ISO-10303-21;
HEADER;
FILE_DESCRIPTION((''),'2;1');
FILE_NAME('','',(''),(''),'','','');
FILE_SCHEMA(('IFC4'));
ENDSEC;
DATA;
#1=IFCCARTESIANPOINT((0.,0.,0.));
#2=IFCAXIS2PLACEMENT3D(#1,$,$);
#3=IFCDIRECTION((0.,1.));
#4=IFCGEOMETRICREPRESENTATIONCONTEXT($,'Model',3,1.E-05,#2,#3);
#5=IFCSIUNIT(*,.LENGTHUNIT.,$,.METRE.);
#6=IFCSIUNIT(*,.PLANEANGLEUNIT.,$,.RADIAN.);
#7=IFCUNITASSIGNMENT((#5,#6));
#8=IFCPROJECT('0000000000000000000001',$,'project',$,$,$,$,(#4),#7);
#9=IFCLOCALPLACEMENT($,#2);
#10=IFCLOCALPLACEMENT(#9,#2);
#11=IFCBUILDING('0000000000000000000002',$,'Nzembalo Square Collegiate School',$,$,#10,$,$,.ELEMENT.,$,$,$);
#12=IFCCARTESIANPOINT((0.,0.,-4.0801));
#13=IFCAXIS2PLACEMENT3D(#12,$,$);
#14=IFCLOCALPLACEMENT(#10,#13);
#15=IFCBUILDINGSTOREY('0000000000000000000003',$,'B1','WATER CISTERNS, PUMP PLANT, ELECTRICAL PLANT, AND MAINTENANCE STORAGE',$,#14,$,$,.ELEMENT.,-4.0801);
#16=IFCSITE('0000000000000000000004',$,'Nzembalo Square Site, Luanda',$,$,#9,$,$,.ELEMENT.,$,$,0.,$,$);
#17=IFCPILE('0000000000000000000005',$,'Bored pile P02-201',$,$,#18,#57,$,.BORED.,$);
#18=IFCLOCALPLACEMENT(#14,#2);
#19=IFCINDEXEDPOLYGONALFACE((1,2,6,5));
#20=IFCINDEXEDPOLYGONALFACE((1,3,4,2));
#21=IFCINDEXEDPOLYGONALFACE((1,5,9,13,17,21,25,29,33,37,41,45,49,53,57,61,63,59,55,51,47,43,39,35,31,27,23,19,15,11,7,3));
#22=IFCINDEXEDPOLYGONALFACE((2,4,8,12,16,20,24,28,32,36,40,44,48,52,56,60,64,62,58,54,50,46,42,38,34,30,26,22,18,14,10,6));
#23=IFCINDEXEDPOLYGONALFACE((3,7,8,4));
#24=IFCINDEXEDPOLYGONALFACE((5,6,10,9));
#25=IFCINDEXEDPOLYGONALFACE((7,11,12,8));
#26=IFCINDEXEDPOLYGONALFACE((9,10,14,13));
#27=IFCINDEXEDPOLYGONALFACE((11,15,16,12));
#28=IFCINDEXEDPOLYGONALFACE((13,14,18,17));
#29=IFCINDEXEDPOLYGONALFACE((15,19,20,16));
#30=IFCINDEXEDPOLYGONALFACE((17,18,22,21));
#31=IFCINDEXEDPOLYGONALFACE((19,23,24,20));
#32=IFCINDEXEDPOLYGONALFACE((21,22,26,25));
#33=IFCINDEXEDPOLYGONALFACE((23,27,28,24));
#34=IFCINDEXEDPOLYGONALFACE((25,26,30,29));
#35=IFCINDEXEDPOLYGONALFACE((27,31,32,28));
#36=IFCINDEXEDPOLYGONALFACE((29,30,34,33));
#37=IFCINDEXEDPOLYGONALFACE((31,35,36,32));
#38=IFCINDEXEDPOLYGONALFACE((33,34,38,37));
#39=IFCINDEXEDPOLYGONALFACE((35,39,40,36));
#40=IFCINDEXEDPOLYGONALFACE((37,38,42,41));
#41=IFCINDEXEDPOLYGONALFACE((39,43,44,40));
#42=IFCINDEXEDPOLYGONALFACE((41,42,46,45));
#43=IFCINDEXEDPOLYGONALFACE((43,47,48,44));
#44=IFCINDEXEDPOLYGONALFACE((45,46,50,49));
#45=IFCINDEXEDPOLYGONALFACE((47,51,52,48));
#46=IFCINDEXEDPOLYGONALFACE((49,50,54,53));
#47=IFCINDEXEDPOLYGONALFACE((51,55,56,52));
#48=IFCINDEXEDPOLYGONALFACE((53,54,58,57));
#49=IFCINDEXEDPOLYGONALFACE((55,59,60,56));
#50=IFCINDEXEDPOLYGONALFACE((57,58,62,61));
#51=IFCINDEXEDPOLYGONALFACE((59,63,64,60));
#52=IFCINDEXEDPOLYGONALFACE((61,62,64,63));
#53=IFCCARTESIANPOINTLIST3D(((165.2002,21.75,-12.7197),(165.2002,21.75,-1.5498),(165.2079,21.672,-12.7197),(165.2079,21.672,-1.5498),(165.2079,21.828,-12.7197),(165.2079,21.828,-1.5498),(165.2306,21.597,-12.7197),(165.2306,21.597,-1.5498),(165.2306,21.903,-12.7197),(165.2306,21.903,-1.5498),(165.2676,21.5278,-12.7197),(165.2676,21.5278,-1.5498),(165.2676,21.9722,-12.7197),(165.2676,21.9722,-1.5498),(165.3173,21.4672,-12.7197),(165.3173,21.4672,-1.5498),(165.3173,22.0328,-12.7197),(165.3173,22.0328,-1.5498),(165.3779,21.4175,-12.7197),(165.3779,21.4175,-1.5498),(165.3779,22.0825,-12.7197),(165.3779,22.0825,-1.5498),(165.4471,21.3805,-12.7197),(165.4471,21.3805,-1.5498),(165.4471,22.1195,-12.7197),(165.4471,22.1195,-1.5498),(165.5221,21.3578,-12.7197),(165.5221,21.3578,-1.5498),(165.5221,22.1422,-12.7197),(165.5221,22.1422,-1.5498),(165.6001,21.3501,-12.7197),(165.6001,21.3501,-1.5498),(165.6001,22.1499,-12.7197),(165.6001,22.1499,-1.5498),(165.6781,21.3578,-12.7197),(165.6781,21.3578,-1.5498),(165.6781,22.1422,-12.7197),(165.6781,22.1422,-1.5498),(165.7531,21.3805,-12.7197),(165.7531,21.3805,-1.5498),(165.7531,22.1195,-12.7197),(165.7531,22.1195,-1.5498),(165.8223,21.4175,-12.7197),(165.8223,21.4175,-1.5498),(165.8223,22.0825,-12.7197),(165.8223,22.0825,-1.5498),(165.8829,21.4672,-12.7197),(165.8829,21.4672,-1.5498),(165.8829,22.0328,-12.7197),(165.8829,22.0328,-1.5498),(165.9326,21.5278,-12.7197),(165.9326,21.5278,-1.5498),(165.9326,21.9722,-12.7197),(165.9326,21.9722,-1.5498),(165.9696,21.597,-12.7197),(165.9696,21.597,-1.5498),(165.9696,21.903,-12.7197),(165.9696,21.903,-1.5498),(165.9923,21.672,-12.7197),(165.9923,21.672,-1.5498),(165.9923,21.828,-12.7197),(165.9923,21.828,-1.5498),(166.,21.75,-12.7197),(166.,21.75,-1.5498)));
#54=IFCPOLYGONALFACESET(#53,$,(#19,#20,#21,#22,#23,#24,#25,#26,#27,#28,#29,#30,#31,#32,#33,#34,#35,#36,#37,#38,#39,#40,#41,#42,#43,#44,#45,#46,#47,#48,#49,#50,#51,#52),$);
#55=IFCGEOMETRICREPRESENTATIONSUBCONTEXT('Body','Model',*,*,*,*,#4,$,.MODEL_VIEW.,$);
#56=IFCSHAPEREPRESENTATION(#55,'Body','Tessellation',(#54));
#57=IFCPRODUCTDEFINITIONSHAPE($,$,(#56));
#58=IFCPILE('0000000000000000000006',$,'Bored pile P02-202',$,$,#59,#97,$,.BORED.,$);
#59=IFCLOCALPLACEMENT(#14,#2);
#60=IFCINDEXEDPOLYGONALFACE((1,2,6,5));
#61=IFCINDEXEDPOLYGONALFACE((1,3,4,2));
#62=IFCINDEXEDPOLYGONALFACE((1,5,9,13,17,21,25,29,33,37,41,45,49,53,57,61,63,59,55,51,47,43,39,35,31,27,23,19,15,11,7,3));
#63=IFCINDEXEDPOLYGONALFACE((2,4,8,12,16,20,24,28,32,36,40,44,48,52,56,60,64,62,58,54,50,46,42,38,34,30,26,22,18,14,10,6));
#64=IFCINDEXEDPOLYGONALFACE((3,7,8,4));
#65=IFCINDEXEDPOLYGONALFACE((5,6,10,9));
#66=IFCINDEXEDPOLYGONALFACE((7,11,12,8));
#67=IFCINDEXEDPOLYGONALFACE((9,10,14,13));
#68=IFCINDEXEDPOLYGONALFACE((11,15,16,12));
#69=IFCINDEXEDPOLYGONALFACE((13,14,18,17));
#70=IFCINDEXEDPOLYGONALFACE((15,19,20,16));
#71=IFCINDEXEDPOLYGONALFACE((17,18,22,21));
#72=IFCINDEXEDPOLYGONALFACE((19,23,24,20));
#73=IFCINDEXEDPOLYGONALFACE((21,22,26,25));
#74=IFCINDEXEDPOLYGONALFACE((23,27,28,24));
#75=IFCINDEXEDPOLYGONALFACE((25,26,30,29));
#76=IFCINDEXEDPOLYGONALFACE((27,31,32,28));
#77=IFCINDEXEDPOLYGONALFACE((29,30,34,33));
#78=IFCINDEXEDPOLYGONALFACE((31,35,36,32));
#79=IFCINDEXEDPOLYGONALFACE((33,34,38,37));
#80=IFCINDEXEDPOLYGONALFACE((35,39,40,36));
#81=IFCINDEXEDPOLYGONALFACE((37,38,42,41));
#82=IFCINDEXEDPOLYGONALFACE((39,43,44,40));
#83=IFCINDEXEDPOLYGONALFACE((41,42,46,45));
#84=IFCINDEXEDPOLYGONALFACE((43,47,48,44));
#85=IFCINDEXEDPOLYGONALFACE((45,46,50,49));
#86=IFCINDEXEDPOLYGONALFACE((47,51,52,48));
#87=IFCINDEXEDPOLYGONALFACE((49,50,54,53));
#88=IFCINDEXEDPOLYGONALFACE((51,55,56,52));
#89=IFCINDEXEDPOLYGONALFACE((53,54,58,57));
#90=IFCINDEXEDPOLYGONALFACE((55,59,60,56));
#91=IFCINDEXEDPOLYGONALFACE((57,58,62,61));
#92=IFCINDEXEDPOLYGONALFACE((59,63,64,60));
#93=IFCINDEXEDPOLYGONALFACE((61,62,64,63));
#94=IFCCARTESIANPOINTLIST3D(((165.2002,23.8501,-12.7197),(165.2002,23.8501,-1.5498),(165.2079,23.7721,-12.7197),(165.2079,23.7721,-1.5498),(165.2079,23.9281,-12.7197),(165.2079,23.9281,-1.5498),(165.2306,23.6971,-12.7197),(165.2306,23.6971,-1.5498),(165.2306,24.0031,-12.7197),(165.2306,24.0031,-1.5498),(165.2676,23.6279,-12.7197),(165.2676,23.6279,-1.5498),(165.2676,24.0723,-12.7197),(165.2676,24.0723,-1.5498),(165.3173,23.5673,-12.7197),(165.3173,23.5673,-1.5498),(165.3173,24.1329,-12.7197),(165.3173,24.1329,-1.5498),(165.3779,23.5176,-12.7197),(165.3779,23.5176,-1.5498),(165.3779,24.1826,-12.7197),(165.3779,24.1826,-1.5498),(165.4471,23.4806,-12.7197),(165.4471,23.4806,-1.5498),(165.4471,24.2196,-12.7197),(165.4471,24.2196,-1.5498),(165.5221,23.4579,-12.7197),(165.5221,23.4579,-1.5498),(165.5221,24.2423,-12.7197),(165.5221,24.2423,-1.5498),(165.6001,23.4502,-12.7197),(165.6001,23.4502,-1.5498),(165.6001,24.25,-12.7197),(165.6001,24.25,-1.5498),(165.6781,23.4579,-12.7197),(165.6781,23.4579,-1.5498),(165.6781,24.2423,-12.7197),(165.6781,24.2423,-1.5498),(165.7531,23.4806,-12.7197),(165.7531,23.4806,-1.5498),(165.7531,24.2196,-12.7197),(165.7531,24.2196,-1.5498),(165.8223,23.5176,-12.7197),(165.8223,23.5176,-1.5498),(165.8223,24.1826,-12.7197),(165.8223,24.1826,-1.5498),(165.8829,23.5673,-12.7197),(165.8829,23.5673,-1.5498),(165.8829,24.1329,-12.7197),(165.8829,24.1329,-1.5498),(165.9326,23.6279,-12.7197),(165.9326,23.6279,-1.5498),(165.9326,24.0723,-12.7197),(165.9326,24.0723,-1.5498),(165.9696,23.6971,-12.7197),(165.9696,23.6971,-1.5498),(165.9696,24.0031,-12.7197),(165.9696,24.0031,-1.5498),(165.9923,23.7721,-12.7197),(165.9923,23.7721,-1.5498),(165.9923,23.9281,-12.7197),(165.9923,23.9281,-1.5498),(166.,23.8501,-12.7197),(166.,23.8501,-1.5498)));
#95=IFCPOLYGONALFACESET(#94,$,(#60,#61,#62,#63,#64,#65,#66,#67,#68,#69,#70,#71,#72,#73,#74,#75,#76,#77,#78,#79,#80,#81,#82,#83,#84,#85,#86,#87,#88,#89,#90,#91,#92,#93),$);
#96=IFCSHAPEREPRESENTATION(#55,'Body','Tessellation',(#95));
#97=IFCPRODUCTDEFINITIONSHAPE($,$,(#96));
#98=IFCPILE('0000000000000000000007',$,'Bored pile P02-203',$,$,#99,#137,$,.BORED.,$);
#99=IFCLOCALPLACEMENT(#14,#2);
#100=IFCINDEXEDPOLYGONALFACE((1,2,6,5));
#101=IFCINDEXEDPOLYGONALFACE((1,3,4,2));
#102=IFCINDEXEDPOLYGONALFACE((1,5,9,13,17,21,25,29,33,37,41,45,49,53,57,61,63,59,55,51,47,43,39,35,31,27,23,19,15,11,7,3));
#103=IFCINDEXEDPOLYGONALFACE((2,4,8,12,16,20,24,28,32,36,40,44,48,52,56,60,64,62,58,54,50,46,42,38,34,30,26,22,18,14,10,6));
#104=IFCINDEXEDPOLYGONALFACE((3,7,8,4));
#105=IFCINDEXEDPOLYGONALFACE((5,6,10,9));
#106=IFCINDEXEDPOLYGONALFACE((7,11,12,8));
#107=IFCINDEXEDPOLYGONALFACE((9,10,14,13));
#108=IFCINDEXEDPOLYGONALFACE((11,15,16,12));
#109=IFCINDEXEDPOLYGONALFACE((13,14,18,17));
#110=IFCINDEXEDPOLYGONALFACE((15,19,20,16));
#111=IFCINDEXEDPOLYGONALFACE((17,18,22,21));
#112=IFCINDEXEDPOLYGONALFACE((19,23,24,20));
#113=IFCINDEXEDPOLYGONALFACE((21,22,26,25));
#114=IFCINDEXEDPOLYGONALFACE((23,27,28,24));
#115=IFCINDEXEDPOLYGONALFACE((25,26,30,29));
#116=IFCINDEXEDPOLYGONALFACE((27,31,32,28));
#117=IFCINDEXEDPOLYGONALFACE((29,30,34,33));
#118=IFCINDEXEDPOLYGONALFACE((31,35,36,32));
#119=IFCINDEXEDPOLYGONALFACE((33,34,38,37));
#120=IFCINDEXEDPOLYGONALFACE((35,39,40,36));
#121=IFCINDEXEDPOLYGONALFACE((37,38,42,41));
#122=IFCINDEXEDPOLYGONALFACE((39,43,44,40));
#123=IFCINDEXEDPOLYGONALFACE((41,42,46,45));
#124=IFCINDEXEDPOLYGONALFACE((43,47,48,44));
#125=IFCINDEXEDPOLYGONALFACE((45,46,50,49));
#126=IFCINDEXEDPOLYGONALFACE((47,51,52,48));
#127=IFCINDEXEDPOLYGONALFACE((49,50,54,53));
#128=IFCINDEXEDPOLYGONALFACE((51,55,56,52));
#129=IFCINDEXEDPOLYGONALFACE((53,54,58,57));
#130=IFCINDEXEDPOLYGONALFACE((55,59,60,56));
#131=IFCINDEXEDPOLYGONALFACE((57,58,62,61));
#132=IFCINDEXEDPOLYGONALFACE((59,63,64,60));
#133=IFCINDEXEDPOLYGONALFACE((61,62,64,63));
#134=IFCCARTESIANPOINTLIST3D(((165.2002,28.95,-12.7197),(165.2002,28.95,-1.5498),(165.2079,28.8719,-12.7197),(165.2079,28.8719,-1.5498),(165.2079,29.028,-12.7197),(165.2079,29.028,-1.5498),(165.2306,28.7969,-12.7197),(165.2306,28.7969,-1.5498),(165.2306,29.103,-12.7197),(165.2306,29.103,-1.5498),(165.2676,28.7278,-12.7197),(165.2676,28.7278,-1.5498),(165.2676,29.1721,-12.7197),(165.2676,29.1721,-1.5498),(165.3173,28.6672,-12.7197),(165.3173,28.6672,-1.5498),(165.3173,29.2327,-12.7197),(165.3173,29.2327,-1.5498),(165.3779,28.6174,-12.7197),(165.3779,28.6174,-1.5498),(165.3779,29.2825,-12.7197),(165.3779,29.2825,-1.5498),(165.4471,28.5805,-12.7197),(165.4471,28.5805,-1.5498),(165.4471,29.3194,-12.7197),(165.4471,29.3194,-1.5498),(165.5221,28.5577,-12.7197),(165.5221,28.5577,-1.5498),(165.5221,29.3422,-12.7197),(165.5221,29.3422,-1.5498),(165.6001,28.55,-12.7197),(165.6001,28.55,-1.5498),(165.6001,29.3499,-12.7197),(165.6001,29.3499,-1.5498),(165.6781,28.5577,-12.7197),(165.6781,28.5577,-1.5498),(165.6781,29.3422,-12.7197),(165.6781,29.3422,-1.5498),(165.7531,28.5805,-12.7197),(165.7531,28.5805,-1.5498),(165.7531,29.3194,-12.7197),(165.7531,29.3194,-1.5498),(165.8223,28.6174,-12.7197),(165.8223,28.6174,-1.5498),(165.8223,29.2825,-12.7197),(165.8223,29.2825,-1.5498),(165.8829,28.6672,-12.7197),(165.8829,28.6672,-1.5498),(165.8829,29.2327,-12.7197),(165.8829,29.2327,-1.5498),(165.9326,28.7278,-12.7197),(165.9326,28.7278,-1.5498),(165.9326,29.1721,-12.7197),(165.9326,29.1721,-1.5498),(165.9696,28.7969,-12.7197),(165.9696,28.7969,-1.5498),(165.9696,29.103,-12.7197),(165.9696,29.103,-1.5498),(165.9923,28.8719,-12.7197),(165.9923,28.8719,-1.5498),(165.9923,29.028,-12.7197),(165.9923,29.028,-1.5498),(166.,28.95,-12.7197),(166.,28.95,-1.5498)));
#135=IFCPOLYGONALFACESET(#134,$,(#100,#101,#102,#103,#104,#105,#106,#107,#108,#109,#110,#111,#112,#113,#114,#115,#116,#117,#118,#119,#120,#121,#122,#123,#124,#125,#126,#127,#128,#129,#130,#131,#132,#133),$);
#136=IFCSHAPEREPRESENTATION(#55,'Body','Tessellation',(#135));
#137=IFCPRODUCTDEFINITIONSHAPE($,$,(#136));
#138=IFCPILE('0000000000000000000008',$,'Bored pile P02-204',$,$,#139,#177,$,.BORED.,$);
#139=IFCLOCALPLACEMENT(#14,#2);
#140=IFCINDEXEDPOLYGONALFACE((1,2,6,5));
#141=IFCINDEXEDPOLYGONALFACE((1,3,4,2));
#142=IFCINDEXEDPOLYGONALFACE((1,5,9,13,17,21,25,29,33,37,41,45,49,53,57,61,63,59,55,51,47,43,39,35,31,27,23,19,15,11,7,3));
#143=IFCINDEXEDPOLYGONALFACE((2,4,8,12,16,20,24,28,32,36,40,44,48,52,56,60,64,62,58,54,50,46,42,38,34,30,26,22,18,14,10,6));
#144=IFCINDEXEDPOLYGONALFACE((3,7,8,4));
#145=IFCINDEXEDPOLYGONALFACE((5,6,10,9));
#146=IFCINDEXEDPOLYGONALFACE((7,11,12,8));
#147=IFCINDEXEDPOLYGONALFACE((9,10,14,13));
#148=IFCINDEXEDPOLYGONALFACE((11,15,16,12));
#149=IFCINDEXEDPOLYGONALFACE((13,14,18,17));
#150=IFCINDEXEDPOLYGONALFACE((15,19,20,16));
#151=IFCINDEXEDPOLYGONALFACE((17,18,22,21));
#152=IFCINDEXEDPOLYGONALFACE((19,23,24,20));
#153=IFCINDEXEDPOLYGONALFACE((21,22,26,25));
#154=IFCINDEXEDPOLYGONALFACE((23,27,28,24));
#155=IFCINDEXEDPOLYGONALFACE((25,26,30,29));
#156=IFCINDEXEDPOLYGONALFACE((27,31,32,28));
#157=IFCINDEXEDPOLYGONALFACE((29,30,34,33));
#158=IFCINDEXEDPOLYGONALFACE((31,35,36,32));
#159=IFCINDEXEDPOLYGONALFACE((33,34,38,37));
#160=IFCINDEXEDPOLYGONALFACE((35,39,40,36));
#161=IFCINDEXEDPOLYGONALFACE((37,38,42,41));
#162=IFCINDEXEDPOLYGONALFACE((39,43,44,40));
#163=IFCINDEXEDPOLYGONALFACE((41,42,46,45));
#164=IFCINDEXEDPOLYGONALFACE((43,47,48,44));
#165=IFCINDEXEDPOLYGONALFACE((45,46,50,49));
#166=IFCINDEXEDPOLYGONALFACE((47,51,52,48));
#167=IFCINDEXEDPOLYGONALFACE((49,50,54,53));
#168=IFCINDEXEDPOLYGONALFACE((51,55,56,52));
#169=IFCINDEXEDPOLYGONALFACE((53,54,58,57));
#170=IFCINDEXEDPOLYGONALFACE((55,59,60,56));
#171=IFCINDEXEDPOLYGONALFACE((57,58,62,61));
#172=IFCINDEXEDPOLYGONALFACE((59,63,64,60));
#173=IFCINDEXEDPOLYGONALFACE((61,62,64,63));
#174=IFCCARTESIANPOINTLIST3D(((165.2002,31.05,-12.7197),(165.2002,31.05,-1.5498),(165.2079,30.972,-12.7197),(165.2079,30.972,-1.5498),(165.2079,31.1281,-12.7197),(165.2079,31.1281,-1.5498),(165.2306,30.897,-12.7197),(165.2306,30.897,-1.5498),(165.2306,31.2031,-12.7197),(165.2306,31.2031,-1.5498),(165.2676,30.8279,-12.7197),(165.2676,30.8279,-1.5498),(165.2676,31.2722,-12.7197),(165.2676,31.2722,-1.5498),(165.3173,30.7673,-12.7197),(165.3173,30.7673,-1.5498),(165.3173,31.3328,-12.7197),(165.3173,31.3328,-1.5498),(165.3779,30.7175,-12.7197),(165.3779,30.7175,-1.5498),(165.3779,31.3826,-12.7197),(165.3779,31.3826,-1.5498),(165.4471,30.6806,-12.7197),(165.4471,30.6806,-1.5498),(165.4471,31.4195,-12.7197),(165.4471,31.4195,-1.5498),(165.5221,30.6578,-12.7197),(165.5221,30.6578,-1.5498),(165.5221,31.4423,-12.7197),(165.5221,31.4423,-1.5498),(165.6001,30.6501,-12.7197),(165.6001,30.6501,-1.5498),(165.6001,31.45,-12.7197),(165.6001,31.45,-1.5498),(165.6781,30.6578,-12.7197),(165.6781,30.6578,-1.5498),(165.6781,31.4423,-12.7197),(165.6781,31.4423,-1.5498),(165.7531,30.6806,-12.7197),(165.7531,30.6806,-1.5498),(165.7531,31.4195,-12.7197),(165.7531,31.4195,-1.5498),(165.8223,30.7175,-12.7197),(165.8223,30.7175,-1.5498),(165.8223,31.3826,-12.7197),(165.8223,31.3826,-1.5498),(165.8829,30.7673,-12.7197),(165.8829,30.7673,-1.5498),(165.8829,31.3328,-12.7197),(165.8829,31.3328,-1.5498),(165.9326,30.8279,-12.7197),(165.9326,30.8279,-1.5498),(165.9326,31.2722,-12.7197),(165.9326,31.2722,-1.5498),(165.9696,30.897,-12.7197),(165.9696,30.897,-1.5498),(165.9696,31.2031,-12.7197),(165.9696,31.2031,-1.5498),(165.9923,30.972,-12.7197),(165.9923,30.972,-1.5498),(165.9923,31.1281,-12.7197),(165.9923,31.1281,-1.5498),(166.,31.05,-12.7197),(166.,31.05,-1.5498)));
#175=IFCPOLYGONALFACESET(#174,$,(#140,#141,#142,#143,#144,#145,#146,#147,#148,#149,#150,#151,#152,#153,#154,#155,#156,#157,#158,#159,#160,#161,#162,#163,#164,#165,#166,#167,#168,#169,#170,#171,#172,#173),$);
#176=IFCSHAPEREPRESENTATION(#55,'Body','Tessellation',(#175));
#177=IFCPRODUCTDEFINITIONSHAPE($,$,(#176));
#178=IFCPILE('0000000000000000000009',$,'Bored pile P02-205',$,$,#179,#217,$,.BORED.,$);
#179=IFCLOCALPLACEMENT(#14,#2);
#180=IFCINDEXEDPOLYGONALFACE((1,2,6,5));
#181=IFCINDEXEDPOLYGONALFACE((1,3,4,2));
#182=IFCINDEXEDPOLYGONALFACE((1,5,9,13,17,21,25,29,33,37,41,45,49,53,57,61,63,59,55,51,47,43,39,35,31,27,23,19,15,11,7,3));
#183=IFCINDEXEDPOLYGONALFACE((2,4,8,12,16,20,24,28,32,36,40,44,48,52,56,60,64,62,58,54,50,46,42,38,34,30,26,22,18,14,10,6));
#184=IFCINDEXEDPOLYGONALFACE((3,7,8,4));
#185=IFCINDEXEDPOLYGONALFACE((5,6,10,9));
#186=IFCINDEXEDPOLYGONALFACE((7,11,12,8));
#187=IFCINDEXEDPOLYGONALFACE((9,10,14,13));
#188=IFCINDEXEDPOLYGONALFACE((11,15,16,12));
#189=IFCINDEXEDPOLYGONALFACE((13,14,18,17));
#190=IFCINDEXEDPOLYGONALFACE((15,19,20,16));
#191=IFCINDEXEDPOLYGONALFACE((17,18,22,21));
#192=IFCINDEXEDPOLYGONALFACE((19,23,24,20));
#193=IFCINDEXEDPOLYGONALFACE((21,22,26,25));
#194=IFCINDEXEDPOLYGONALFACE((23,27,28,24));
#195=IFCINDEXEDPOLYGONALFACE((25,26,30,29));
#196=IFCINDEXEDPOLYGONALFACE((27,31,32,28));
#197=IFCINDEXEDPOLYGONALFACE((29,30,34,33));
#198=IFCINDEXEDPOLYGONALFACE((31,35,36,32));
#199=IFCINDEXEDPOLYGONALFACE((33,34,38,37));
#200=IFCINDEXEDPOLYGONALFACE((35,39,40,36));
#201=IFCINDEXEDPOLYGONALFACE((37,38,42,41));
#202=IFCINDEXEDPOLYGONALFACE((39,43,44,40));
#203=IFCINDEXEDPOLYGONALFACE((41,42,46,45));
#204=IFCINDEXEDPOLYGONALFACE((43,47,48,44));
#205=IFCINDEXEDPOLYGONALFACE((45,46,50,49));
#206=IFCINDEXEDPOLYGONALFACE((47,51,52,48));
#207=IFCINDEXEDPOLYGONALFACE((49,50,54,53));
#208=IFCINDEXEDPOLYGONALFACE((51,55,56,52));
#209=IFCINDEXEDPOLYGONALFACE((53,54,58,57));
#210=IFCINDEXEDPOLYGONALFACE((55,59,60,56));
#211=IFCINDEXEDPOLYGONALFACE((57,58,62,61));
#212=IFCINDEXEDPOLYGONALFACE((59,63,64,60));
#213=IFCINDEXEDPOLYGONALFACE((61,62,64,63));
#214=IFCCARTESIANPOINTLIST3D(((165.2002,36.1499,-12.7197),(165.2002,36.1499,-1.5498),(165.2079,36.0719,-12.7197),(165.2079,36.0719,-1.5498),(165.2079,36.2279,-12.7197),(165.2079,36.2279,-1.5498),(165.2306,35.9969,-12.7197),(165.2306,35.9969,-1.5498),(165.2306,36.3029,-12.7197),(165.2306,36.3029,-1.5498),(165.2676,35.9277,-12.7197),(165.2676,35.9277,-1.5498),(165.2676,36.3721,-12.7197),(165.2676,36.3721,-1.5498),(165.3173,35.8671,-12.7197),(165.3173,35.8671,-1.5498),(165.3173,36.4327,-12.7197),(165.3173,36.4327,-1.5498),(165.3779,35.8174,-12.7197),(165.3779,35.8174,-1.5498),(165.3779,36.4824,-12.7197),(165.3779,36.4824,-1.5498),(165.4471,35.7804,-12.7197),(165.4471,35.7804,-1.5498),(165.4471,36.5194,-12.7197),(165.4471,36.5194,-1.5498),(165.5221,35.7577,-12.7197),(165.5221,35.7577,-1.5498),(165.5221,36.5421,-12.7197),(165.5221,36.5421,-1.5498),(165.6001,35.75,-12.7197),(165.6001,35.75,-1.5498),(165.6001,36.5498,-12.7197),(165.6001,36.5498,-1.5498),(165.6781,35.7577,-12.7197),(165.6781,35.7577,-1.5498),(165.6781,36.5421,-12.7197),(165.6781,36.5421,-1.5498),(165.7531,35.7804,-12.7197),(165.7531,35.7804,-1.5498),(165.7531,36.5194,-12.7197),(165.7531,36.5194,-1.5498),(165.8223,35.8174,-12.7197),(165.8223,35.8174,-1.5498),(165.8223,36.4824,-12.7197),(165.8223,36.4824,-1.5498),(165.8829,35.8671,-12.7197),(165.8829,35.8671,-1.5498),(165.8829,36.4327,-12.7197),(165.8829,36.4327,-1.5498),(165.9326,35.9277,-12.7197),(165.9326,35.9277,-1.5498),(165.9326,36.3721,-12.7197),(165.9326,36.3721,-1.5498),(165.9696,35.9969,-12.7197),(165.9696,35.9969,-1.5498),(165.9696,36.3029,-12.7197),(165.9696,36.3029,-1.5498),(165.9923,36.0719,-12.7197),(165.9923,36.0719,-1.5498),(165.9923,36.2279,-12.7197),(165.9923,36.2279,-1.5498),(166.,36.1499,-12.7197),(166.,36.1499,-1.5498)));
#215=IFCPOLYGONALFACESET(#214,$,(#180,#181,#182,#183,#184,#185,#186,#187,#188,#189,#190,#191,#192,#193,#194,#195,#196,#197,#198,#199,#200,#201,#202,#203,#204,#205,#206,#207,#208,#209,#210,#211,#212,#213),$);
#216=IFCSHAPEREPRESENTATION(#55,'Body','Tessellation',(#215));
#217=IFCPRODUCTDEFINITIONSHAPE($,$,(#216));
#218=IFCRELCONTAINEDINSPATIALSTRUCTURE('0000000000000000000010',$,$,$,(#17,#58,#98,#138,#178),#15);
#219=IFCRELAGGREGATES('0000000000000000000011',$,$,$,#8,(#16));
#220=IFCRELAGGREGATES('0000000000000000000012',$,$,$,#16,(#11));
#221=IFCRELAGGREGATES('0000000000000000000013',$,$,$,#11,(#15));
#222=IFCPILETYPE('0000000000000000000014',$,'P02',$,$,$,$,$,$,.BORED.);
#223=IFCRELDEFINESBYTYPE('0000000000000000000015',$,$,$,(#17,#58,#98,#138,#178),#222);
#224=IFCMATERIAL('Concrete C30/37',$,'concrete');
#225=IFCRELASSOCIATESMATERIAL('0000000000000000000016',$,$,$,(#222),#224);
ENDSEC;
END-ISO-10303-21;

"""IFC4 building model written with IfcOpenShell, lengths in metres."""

from ifc_helpers import new_model, si_unit, direction, frame, origin, origin_2d, place, context, subcontext, project, spatial, circle, extrude, material, material_profile, profile_set, type_object, element, save


model = new_model("IFC4")

# Units and contexts
model_context = context("Model", 3, precision=1e-05, world=origin(), true_north=direction((0.0, 1.0)))
body_context = subcontext(model_context, "Body", "Model", "MODEL_VIEW")
ifc_project = project(units=[si_unit("LENGTHUNIT", "METRE"), si_unit("PLANEANGLEUNIT", "RADIAN")], contexts=[model_context])

# Site, building, storey
site_placement = place(None, origin())
site = spatial("IfcSite", under=ifc_project, at=site_placement, Name="Nzembalo Square Site, Luanda", CompositionType="ELEMENT", RefElevation=0.0)
building_placement = place(site_placement, origin())
building = spatial("IfcBuilding", under=site, at=building_placement, Name="Nzembalo Square Collegiate School", CompositionType="ELEMENT")
storey_placement = place(building_placement, frame((0.0, 0.0, -4.0801)))
storey = spatial("IfcBuildingStorey", under=building, at=storey_placement, Name="B1", Description="WATER CISTERNS, PUMP PLANT, ELECTRICAL PLANT, AND MAINTENANCE STORAGE", CompositionType="ELEMENT", Elevation=-4.0801)

# Piles
ifc_material_1 = material(Name="Concrete C30/37", Category="concrete")
ifc_material_profile_1 = material_profile(ifc_material_1, circle(Radius=0.3999, at=origin_2d()), Name="PILE D800")
ifc_profile_set_1 = profile_set([ifc_material_profile_1], Name="Concrete C30/37")
pile_type = type_object("IfcPileType", Name="P02", PredefinedType="BORED", material=ifc_profile_set_1)
for number, where, z_axis, x_axis, name in (
    (1, (165.6001, 21.75, -1.5498), (0.0, 0.0, -1.0), (1.0, 0.0, 0.0), "Bored pile P02-201"),
    (2, (165.6001, 23.8501, -1.5498), (0.0, 0.0, -1.0), (1.0, 0.0, 0.0), "Bored pile P02-202"),
    (3, (165.6001, 28.95, -1.5498), (0.0, 0.0, -1.0), (1.0, 0.0, 0.0), "Bored pile P02-203"),
    (4, (165.6001, 31.05, -1.5498), (0.0, 0.0, -1.0), (1.0, 0.0, 0.0), "Bored pile P02-204"),
    (5, (165.6001, 36.1499, -1.5498), (0.0, 0.0, -1.0), (1.0, 0.0, 0.0), "Bored pile P02-205"),
):
    element("IfcPile", number, at=place(storey_placement, frame(where, z_axis=z_axis, x_axis=x_axis)), inside=storey, type_object=pile_type, Name=name, PredefinedType="BORED", context=body_context, shape_type="SweptSolid", body=[
        extrude(circle(Radius=0.3999, at=origin_2d()), origin(), (0.0, 0.0, 1.0), 11.1699),
    ])

save(model, "model.ifc")
